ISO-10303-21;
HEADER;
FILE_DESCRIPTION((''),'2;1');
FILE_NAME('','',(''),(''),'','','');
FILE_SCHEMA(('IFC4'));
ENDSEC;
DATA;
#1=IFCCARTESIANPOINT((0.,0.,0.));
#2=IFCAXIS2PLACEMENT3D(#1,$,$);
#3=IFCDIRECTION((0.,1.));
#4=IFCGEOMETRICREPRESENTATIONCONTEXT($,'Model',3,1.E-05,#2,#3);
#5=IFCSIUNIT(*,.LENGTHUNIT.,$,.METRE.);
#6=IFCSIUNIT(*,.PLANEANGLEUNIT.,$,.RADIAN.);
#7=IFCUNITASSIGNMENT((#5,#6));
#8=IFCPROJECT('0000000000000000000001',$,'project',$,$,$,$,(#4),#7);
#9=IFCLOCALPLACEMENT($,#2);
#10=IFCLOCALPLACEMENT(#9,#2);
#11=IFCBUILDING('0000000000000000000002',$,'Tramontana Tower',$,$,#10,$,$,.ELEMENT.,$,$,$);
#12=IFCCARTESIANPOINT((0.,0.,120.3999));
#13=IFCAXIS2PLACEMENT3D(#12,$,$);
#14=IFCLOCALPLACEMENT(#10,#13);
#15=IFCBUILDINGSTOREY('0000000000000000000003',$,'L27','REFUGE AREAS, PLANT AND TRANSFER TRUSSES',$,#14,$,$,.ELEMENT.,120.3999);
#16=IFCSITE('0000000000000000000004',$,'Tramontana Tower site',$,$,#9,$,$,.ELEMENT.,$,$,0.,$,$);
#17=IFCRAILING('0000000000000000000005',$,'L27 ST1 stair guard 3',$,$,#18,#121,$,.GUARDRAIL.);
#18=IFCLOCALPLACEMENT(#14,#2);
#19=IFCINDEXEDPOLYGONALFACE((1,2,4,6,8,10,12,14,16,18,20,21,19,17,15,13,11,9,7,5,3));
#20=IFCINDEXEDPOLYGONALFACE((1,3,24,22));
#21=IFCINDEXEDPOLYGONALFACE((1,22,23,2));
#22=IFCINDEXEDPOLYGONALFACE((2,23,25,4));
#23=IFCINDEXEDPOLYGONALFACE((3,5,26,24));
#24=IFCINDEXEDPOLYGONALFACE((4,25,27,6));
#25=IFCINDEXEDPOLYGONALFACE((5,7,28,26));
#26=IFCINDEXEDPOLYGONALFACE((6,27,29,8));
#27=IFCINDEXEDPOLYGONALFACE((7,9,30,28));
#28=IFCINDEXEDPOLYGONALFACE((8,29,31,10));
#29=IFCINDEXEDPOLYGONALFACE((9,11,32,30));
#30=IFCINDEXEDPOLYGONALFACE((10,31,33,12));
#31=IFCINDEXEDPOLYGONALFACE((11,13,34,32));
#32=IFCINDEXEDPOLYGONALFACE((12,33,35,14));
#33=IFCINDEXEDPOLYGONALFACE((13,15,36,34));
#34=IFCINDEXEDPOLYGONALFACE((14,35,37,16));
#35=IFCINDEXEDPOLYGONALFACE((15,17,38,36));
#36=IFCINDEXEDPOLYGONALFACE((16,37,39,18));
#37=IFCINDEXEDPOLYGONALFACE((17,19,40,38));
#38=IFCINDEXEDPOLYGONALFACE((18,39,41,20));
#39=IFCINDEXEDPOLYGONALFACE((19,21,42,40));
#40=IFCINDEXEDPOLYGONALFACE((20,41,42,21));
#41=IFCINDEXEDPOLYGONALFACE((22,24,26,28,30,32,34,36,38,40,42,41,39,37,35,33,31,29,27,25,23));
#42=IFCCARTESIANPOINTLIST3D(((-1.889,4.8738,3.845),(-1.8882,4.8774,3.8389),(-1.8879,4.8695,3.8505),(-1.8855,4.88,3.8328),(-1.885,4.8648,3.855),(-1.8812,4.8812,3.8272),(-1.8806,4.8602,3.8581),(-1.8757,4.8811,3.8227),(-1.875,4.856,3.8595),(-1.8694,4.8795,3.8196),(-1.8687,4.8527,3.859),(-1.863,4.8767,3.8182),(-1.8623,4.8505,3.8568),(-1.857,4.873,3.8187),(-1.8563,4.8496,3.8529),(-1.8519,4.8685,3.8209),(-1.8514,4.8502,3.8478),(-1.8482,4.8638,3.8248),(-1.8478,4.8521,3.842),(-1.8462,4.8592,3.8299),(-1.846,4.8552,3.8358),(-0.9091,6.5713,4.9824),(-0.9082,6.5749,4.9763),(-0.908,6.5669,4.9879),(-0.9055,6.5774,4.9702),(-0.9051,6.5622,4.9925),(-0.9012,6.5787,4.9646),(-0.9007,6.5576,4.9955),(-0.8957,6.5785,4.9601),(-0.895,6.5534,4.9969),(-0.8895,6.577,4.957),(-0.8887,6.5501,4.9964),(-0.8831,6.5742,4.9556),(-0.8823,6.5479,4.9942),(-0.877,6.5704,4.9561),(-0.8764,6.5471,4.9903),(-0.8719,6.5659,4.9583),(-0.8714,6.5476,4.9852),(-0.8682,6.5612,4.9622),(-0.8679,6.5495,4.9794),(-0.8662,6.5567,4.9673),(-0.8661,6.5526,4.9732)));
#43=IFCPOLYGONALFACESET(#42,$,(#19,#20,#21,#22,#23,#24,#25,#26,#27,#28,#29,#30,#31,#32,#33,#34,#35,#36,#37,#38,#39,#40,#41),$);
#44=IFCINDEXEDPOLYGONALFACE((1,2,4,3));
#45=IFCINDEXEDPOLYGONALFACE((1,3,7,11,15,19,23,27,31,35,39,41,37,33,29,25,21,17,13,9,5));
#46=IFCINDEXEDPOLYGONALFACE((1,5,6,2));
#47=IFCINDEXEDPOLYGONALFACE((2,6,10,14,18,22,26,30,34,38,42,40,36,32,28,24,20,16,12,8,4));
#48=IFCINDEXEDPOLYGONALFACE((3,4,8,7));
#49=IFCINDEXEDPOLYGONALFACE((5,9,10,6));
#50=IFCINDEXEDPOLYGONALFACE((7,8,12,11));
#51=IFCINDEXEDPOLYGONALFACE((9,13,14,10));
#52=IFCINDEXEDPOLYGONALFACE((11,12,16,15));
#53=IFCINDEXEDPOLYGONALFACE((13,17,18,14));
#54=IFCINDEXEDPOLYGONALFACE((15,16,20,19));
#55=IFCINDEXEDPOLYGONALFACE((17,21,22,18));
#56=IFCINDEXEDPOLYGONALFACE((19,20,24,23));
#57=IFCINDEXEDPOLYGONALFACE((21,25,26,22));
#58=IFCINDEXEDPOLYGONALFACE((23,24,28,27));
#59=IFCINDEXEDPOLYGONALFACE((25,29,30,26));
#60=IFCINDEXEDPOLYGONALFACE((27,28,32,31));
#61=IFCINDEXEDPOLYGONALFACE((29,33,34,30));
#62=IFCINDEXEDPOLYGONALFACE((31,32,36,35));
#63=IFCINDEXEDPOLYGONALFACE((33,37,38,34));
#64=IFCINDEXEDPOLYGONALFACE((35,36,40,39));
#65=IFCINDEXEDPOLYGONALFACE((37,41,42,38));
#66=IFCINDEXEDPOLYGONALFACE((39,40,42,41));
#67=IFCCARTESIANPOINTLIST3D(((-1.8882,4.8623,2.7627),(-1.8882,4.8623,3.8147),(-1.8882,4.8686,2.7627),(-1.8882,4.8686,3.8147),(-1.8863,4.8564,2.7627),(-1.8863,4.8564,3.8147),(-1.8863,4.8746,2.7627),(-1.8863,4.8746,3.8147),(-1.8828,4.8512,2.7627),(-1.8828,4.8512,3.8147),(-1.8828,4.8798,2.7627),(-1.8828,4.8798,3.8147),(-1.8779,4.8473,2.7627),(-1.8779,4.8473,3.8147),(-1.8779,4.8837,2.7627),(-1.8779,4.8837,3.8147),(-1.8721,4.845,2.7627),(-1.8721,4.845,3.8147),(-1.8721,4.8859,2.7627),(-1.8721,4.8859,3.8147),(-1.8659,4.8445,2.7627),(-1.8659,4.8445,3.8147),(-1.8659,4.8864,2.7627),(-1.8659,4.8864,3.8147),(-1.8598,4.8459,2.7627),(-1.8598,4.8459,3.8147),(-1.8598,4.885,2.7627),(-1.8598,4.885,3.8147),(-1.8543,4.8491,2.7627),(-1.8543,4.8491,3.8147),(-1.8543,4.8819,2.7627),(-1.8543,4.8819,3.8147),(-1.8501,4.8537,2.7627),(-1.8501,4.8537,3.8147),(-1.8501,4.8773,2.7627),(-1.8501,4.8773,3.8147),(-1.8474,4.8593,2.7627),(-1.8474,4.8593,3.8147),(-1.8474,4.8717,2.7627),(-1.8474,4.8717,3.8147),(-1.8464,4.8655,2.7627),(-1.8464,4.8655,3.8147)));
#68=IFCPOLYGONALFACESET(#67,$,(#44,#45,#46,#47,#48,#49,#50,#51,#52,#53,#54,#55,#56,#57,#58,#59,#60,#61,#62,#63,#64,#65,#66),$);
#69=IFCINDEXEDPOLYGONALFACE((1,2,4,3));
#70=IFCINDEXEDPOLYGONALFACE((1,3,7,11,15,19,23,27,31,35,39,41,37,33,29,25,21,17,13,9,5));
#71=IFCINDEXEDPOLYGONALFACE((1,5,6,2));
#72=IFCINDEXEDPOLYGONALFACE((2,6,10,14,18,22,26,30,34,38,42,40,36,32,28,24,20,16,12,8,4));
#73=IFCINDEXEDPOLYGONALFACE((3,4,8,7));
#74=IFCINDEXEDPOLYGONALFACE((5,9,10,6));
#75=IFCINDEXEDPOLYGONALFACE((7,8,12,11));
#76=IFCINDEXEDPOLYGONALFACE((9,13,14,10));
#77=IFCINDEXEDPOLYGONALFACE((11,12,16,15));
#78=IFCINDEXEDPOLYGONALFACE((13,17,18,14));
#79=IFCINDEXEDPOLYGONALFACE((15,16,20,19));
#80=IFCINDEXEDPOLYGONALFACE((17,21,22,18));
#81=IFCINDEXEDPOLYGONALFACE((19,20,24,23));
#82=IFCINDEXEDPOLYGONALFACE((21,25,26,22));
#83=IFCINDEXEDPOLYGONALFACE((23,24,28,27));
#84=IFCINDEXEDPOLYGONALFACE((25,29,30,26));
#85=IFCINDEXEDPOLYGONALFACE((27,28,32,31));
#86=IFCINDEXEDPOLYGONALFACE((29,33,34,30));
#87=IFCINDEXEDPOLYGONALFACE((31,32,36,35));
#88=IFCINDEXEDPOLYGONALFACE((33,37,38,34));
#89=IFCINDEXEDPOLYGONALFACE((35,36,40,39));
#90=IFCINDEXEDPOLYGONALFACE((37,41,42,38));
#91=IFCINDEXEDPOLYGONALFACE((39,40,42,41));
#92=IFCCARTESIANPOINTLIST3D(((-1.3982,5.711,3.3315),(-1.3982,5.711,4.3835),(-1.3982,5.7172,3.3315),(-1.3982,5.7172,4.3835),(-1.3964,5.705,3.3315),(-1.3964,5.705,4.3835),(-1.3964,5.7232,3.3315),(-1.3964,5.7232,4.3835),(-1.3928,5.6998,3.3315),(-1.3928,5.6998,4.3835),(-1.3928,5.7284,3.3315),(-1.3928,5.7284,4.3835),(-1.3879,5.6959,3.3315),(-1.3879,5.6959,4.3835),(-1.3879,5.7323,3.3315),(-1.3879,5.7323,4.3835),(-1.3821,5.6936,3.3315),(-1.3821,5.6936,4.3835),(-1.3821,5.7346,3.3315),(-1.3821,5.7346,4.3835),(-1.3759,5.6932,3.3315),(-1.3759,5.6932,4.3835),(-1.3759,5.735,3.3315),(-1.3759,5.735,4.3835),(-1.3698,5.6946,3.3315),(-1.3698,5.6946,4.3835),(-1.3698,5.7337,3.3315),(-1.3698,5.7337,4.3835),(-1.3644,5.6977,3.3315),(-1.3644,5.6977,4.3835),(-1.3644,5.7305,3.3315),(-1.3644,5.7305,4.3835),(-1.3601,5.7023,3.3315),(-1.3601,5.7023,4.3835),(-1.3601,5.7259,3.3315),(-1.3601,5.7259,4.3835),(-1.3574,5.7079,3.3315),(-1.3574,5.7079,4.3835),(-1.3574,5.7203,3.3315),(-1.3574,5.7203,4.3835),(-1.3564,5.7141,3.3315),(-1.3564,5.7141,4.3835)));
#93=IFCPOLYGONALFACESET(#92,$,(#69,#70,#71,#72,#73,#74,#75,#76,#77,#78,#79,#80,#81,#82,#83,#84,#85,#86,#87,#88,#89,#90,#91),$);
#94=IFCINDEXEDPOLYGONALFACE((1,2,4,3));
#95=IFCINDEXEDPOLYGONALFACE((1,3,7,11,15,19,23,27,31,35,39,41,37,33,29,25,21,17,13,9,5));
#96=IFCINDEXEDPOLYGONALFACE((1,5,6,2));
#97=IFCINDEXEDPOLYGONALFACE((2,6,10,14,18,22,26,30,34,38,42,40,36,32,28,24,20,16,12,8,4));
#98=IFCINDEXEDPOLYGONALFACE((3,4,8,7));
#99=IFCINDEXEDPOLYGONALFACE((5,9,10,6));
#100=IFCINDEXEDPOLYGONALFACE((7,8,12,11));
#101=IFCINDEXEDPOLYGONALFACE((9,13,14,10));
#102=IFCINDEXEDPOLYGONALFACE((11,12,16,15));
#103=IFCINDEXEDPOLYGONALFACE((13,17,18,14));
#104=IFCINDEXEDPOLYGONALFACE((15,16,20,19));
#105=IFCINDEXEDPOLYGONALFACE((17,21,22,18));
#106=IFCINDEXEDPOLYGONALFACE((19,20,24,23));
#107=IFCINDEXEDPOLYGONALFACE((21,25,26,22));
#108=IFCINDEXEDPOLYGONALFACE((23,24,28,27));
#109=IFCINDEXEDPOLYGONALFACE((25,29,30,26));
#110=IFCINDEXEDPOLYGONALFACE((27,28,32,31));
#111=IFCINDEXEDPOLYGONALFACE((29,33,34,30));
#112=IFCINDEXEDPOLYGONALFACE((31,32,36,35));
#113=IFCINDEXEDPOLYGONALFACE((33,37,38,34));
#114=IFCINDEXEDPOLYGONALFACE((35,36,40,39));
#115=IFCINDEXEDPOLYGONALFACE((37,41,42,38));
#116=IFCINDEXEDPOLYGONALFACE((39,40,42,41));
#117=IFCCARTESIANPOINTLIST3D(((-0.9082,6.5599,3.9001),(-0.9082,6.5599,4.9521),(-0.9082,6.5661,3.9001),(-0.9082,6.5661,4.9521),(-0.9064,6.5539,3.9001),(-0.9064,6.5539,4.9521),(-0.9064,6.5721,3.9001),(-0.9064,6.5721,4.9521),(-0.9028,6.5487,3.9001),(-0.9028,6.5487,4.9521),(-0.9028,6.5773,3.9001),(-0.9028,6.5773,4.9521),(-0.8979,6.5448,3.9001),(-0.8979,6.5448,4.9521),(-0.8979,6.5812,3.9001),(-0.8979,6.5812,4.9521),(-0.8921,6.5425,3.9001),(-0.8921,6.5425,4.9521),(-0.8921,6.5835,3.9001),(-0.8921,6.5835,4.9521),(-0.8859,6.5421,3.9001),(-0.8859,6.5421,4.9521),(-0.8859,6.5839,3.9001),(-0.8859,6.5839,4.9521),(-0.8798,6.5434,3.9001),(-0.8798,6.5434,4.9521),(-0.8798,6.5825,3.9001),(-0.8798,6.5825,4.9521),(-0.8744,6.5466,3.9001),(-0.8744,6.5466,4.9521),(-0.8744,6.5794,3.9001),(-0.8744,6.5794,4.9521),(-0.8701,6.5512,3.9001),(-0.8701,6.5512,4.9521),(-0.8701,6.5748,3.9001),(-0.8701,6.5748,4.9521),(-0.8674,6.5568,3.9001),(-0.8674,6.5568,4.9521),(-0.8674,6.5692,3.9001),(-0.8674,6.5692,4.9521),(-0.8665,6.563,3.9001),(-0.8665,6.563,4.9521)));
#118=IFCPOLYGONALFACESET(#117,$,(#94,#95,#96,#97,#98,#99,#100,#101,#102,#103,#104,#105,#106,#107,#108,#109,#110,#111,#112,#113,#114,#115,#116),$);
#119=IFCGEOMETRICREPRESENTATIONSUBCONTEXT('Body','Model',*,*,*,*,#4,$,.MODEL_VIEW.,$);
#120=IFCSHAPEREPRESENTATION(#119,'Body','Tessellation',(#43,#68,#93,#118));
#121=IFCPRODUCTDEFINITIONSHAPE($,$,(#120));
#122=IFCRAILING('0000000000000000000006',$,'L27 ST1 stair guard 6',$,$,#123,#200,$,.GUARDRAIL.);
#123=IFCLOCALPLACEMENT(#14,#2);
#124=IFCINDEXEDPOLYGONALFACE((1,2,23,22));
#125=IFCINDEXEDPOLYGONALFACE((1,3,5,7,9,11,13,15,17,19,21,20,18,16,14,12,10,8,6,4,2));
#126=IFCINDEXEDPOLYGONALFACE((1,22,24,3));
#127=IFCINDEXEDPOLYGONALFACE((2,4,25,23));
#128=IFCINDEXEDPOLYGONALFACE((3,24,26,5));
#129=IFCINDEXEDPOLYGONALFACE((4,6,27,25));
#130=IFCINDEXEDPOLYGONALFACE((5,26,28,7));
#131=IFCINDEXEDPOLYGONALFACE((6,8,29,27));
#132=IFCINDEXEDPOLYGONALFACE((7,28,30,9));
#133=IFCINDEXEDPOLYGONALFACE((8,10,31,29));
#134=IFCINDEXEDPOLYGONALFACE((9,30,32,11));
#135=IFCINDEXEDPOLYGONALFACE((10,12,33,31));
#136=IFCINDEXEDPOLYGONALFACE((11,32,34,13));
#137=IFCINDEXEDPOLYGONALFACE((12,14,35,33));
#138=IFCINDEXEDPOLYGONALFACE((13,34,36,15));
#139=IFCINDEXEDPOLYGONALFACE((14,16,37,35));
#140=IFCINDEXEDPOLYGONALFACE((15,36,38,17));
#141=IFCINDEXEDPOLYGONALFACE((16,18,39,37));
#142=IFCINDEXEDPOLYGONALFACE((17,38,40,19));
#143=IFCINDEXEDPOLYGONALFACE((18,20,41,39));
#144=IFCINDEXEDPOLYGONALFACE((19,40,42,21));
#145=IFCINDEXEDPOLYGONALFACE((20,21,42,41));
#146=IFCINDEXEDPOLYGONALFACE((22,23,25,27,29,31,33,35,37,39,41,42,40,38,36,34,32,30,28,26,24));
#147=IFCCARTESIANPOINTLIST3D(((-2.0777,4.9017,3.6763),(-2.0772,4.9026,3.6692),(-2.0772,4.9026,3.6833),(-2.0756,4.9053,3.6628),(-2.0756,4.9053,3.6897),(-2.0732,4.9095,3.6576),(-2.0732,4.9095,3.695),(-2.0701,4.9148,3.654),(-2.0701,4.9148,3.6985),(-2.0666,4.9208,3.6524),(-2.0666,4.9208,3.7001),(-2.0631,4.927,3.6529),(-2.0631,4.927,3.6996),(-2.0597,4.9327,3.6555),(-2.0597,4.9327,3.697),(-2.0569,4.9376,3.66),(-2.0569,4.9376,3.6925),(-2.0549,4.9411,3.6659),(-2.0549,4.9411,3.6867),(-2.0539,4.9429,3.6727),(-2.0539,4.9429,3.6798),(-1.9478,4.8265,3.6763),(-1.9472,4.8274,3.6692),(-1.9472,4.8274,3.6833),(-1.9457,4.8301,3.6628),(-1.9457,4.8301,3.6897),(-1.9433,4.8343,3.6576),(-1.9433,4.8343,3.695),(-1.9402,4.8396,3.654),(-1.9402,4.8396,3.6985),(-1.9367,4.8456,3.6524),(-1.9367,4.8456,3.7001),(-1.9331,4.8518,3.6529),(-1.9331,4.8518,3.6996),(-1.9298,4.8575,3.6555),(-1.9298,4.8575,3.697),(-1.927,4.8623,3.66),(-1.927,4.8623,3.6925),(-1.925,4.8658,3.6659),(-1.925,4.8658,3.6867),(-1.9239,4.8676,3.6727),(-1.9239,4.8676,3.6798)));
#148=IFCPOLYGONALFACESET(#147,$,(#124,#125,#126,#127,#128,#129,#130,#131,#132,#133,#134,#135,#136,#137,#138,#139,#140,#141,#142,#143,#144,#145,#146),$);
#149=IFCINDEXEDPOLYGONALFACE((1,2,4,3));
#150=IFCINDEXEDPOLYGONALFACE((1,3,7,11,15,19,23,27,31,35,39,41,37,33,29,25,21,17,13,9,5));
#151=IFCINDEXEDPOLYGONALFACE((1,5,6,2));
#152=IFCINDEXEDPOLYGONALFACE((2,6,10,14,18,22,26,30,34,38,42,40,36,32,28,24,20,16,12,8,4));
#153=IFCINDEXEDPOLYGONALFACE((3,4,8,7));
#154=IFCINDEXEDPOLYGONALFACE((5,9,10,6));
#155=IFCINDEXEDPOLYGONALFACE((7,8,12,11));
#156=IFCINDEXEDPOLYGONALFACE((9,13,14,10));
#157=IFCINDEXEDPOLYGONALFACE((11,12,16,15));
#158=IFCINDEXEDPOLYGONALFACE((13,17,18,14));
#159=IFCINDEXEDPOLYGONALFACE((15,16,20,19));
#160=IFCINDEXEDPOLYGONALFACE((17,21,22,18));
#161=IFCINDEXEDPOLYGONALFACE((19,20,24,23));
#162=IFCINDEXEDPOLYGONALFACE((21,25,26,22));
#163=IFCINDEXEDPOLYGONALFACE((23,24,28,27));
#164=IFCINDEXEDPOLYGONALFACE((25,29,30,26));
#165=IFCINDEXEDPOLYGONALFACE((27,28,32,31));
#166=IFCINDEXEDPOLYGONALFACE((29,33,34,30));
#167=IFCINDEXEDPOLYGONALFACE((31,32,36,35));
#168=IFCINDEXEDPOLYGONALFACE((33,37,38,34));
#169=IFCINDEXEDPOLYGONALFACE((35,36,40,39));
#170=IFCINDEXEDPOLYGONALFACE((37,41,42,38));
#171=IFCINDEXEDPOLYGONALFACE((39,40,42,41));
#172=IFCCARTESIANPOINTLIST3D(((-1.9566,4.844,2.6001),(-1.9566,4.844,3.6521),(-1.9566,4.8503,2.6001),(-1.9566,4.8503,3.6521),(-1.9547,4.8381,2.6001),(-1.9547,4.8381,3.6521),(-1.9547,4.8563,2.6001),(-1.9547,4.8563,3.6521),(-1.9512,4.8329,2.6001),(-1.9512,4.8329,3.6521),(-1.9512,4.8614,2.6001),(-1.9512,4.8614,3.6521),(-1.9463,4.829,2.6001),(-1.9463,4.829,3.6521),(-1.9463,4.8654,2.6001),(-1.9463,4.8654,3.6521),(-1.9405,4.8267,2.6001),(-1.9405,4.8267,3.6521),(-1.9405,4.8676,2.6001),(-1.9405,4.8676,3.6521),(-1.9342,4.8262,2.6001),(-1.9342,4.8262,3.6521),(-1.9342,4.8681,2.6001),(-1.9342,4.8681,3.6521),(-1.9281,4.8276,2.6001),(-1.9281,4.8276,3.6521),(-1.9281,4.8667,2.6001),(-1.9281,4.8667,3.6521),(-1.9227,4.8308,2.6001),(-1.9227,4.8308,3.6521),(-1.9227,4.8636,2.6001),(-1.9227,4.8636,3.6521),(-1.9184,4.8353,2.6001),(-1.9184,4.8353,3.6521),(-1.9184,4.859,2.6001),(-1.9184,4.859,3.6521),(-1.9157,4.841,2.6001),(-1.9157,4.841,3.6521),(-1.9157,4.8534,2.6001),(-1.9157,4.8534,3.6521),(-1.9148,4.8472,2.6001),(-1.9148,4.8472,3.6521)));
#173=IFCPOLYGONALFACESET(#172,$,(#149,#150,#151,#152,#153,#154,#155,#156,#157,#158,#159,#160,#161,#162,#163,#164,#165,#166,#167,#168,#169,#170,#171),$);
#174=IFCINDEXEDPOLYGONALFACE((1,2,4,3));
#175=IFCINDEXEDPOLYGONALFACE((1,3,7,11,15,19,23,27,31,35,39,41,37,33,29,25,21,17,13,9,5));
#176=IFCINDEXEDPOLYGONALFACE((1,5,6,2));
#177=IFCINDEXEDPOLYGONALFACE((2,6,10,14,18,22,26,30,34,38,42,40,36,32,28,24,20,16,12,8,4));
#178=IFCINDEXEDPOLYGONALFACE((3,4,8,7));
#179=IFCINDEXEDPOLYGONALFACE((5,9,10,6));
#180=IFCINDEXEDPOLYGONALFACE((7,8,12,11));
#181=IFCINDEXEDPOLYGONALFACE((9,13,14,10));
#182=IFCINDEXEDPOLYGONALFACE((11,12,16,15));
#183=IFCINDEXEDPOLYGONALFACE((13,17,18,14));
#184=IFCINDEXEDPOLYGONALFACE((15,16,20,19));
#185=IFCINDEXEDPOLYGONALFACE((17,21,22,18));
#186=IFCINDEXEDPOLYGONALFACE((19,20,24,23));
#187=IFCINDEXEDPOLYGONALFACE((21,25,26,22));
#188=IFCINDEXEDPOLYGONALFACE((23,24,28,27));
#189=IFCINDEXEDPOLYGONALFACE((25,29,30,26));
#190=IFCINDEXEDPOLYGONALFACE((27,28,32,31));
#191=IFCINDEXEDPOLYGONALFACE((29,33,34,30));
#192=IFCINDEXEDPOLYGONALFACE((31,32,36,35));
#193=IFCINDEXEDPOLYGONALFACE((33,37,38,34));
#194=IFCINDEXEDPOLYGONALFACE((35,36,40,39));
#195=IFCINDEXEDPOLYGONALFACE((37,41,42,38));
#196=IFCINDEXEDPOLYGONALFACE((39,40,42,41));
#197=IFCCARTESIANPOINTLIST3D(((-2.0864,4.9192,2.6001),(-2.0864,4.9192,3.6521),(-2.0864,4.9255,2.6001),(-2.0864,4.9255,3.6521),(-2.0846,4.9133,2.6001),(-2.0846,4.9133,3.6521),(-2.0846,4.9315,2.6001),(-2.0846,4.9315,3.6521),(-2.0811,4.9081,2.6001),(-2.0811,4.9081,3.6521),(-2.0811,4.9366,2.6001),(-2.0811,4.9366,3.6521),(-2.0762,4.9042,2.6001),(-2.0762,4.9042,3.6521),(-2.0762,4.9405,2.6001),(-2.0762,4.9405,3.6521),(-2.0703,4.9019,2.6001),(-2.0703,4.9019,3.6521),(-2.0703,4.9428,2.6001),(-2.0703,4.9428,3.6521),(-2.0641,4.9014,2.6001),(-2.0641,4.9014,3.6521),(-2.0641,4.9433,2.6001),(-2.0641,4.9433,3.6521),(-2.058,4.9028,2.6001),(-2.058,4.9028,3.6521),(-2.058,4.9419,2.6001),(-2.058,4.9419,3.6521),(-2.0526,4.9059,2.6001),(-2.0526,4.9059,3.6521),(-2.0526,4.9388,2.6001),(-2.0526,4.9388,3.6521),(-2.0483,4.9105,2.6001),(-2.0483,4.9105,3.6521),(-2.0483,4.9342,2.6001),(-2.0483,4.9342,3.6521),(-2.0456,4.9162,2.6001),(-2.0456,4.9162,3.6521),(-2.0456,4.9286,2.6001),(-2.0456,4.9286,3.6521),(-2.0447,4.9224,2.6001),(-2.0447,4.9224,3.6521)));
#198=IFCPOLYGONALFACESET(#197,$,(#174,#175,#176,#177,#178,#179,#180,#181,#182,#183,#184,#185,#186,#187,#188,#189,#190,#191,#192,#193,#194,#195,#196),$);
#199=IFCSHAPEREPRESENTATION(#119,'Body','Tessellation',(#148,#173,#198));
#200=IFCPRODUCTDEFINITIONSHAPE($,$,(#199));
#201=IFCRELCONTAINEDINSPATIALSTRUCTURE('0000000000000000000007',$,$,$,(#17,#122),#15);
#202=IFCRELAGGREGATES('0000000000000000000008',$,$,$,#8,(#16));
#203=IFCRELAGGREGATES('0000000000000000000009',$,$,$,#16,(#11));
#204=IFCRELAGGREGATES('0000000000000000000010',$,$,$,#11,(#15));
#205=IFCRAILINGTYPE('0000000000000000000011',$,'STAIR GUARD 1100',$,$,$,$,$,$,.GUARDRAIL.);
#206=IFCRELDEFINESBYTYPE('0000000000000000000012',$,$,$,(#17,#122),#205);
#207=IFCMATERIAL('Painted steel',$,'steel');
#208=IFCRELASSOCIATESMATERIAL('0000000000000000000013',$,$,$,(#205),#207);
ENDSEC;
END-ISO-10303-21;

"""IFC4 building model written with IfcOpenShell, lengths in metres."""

from ifc_helpers import new_model, si_unit, direction, frame, origin, origin_2d, place, context, subcontext, project, spatial, circle, extrude, material, type_object, element, save


model = new_model("IFC4")

# Units and contexts
model_context = context("Model", 3, precision=1e-05, world=origin(), true_north=direction((0.0, 1.0)))
body_context = subcontext(model_context, "Body", "Model", "MODEL_VIEW")
ifc_project = project(units=[si_unit("LENGTHUNIT", "METRE"), si_unit("PLANEANGLEUNIT", "RADIAN")], contexts=[model_context])

# Site, building, storey
site_placement = place(None, origin())
site = spatial("IfcSite", under=ifc_project, at=site_placement, Name="Tramontana Tower site", CompositionType="ELEMENT", RefElevation=0.0)
building_placement = place(site_placement, origin())
building = spatial("IfcBuilding", under=site, at=building_placement, Name="Tramontana Tower", CompositionType="ELEMENT")
storey_placement = place(building_placement, frame((0.0, 0.0, 120.3999)))
storey = spatial("IfcBuildingStorey", under=building, at=storey_placement, Name="L27", Description="REFUGE AREAS, PLANT AND TRANSFER TRUSSES", CompositionType="ELEMENT", Elevation=120.3999)

# Railings
ifc_material_1 = material(Name="Painted steel", Category="steel")
railing_type_1 = type_object("IfcRailingType", Name="STAIR GUARD 1100", PredefinedType="GUARDRAIL", material=ifc_material_1)
for number, where, name in (
    (1, (-1.8674, 4.8655, 2.7627), "L27 ST1 stair guard 3"),
):
    element("IfcRailing", number, at=place(storey_placement, frame(where)), inside=storey, type_object=railing_type_1, Name=name, PredefinedType="GUARDRAIL", context=body_context, shape_type="SweptSolid", body=[
        extrude(circle(Radius=0.0239, at=origin_2d()), frame((0.0, 0.0, 1.0762), z_axis=(0.432432, 0.749053, 0.501918), x_axis=(-0.866042, 0.49997, 0.0)), (0.0, 0.0, 1.0), 2.2661),
        extrude(circle(Radius=0.021, at=origin_2d()), origin(), (0.0, 0.0, 1.0), 1.052),
        extrude(circle(Radius=0.021, at=origin_2d()), frame((0.49, 0.8486, 0.5688)), (0.0, 0.0, 1.0), 1.052),
        extrude(circle(Radius=0.021, at=origin_2d()), frame((0.98, 1.6975, 1.1375)), (0.0, 0.0, 1.0), 1.052),
    ])
for number, where, name in (
    (2, (-1.9358, 4.8472, 2.6001), "L27 ST1 stair guard 6"),
):
    element("IfcRailing", number, at=place(storey_placement, frame(where)), inside=storey, type_object=railing_type_1, Name=name, PredefinedType="GUARDRAIL", context=body_context, shape_type="SweptSolid", body=[
        extrude(circle(Radius=0.0239, at=origin_2d()), frame((0.0, 0.0, 1.0762), z_axis=(-0.865426, 0.501036, 0.0), x_axis=(-0.501036, -0.865426, 0.0)), (0.0, 0.0, 1.0), 0.1501),
        extrude(circle(Radius=0.021, at=origin_2d()), origin(), (0.0, 0.0, 1.0), 1.052),
        extrude(circle(Radius=0.021, at=origin_2d()), frame((-0.1299, 0.0752, 0.0)), (0.0, 0.0, 1.0), 1.052),
    ])

save(model, "model.ifc")
